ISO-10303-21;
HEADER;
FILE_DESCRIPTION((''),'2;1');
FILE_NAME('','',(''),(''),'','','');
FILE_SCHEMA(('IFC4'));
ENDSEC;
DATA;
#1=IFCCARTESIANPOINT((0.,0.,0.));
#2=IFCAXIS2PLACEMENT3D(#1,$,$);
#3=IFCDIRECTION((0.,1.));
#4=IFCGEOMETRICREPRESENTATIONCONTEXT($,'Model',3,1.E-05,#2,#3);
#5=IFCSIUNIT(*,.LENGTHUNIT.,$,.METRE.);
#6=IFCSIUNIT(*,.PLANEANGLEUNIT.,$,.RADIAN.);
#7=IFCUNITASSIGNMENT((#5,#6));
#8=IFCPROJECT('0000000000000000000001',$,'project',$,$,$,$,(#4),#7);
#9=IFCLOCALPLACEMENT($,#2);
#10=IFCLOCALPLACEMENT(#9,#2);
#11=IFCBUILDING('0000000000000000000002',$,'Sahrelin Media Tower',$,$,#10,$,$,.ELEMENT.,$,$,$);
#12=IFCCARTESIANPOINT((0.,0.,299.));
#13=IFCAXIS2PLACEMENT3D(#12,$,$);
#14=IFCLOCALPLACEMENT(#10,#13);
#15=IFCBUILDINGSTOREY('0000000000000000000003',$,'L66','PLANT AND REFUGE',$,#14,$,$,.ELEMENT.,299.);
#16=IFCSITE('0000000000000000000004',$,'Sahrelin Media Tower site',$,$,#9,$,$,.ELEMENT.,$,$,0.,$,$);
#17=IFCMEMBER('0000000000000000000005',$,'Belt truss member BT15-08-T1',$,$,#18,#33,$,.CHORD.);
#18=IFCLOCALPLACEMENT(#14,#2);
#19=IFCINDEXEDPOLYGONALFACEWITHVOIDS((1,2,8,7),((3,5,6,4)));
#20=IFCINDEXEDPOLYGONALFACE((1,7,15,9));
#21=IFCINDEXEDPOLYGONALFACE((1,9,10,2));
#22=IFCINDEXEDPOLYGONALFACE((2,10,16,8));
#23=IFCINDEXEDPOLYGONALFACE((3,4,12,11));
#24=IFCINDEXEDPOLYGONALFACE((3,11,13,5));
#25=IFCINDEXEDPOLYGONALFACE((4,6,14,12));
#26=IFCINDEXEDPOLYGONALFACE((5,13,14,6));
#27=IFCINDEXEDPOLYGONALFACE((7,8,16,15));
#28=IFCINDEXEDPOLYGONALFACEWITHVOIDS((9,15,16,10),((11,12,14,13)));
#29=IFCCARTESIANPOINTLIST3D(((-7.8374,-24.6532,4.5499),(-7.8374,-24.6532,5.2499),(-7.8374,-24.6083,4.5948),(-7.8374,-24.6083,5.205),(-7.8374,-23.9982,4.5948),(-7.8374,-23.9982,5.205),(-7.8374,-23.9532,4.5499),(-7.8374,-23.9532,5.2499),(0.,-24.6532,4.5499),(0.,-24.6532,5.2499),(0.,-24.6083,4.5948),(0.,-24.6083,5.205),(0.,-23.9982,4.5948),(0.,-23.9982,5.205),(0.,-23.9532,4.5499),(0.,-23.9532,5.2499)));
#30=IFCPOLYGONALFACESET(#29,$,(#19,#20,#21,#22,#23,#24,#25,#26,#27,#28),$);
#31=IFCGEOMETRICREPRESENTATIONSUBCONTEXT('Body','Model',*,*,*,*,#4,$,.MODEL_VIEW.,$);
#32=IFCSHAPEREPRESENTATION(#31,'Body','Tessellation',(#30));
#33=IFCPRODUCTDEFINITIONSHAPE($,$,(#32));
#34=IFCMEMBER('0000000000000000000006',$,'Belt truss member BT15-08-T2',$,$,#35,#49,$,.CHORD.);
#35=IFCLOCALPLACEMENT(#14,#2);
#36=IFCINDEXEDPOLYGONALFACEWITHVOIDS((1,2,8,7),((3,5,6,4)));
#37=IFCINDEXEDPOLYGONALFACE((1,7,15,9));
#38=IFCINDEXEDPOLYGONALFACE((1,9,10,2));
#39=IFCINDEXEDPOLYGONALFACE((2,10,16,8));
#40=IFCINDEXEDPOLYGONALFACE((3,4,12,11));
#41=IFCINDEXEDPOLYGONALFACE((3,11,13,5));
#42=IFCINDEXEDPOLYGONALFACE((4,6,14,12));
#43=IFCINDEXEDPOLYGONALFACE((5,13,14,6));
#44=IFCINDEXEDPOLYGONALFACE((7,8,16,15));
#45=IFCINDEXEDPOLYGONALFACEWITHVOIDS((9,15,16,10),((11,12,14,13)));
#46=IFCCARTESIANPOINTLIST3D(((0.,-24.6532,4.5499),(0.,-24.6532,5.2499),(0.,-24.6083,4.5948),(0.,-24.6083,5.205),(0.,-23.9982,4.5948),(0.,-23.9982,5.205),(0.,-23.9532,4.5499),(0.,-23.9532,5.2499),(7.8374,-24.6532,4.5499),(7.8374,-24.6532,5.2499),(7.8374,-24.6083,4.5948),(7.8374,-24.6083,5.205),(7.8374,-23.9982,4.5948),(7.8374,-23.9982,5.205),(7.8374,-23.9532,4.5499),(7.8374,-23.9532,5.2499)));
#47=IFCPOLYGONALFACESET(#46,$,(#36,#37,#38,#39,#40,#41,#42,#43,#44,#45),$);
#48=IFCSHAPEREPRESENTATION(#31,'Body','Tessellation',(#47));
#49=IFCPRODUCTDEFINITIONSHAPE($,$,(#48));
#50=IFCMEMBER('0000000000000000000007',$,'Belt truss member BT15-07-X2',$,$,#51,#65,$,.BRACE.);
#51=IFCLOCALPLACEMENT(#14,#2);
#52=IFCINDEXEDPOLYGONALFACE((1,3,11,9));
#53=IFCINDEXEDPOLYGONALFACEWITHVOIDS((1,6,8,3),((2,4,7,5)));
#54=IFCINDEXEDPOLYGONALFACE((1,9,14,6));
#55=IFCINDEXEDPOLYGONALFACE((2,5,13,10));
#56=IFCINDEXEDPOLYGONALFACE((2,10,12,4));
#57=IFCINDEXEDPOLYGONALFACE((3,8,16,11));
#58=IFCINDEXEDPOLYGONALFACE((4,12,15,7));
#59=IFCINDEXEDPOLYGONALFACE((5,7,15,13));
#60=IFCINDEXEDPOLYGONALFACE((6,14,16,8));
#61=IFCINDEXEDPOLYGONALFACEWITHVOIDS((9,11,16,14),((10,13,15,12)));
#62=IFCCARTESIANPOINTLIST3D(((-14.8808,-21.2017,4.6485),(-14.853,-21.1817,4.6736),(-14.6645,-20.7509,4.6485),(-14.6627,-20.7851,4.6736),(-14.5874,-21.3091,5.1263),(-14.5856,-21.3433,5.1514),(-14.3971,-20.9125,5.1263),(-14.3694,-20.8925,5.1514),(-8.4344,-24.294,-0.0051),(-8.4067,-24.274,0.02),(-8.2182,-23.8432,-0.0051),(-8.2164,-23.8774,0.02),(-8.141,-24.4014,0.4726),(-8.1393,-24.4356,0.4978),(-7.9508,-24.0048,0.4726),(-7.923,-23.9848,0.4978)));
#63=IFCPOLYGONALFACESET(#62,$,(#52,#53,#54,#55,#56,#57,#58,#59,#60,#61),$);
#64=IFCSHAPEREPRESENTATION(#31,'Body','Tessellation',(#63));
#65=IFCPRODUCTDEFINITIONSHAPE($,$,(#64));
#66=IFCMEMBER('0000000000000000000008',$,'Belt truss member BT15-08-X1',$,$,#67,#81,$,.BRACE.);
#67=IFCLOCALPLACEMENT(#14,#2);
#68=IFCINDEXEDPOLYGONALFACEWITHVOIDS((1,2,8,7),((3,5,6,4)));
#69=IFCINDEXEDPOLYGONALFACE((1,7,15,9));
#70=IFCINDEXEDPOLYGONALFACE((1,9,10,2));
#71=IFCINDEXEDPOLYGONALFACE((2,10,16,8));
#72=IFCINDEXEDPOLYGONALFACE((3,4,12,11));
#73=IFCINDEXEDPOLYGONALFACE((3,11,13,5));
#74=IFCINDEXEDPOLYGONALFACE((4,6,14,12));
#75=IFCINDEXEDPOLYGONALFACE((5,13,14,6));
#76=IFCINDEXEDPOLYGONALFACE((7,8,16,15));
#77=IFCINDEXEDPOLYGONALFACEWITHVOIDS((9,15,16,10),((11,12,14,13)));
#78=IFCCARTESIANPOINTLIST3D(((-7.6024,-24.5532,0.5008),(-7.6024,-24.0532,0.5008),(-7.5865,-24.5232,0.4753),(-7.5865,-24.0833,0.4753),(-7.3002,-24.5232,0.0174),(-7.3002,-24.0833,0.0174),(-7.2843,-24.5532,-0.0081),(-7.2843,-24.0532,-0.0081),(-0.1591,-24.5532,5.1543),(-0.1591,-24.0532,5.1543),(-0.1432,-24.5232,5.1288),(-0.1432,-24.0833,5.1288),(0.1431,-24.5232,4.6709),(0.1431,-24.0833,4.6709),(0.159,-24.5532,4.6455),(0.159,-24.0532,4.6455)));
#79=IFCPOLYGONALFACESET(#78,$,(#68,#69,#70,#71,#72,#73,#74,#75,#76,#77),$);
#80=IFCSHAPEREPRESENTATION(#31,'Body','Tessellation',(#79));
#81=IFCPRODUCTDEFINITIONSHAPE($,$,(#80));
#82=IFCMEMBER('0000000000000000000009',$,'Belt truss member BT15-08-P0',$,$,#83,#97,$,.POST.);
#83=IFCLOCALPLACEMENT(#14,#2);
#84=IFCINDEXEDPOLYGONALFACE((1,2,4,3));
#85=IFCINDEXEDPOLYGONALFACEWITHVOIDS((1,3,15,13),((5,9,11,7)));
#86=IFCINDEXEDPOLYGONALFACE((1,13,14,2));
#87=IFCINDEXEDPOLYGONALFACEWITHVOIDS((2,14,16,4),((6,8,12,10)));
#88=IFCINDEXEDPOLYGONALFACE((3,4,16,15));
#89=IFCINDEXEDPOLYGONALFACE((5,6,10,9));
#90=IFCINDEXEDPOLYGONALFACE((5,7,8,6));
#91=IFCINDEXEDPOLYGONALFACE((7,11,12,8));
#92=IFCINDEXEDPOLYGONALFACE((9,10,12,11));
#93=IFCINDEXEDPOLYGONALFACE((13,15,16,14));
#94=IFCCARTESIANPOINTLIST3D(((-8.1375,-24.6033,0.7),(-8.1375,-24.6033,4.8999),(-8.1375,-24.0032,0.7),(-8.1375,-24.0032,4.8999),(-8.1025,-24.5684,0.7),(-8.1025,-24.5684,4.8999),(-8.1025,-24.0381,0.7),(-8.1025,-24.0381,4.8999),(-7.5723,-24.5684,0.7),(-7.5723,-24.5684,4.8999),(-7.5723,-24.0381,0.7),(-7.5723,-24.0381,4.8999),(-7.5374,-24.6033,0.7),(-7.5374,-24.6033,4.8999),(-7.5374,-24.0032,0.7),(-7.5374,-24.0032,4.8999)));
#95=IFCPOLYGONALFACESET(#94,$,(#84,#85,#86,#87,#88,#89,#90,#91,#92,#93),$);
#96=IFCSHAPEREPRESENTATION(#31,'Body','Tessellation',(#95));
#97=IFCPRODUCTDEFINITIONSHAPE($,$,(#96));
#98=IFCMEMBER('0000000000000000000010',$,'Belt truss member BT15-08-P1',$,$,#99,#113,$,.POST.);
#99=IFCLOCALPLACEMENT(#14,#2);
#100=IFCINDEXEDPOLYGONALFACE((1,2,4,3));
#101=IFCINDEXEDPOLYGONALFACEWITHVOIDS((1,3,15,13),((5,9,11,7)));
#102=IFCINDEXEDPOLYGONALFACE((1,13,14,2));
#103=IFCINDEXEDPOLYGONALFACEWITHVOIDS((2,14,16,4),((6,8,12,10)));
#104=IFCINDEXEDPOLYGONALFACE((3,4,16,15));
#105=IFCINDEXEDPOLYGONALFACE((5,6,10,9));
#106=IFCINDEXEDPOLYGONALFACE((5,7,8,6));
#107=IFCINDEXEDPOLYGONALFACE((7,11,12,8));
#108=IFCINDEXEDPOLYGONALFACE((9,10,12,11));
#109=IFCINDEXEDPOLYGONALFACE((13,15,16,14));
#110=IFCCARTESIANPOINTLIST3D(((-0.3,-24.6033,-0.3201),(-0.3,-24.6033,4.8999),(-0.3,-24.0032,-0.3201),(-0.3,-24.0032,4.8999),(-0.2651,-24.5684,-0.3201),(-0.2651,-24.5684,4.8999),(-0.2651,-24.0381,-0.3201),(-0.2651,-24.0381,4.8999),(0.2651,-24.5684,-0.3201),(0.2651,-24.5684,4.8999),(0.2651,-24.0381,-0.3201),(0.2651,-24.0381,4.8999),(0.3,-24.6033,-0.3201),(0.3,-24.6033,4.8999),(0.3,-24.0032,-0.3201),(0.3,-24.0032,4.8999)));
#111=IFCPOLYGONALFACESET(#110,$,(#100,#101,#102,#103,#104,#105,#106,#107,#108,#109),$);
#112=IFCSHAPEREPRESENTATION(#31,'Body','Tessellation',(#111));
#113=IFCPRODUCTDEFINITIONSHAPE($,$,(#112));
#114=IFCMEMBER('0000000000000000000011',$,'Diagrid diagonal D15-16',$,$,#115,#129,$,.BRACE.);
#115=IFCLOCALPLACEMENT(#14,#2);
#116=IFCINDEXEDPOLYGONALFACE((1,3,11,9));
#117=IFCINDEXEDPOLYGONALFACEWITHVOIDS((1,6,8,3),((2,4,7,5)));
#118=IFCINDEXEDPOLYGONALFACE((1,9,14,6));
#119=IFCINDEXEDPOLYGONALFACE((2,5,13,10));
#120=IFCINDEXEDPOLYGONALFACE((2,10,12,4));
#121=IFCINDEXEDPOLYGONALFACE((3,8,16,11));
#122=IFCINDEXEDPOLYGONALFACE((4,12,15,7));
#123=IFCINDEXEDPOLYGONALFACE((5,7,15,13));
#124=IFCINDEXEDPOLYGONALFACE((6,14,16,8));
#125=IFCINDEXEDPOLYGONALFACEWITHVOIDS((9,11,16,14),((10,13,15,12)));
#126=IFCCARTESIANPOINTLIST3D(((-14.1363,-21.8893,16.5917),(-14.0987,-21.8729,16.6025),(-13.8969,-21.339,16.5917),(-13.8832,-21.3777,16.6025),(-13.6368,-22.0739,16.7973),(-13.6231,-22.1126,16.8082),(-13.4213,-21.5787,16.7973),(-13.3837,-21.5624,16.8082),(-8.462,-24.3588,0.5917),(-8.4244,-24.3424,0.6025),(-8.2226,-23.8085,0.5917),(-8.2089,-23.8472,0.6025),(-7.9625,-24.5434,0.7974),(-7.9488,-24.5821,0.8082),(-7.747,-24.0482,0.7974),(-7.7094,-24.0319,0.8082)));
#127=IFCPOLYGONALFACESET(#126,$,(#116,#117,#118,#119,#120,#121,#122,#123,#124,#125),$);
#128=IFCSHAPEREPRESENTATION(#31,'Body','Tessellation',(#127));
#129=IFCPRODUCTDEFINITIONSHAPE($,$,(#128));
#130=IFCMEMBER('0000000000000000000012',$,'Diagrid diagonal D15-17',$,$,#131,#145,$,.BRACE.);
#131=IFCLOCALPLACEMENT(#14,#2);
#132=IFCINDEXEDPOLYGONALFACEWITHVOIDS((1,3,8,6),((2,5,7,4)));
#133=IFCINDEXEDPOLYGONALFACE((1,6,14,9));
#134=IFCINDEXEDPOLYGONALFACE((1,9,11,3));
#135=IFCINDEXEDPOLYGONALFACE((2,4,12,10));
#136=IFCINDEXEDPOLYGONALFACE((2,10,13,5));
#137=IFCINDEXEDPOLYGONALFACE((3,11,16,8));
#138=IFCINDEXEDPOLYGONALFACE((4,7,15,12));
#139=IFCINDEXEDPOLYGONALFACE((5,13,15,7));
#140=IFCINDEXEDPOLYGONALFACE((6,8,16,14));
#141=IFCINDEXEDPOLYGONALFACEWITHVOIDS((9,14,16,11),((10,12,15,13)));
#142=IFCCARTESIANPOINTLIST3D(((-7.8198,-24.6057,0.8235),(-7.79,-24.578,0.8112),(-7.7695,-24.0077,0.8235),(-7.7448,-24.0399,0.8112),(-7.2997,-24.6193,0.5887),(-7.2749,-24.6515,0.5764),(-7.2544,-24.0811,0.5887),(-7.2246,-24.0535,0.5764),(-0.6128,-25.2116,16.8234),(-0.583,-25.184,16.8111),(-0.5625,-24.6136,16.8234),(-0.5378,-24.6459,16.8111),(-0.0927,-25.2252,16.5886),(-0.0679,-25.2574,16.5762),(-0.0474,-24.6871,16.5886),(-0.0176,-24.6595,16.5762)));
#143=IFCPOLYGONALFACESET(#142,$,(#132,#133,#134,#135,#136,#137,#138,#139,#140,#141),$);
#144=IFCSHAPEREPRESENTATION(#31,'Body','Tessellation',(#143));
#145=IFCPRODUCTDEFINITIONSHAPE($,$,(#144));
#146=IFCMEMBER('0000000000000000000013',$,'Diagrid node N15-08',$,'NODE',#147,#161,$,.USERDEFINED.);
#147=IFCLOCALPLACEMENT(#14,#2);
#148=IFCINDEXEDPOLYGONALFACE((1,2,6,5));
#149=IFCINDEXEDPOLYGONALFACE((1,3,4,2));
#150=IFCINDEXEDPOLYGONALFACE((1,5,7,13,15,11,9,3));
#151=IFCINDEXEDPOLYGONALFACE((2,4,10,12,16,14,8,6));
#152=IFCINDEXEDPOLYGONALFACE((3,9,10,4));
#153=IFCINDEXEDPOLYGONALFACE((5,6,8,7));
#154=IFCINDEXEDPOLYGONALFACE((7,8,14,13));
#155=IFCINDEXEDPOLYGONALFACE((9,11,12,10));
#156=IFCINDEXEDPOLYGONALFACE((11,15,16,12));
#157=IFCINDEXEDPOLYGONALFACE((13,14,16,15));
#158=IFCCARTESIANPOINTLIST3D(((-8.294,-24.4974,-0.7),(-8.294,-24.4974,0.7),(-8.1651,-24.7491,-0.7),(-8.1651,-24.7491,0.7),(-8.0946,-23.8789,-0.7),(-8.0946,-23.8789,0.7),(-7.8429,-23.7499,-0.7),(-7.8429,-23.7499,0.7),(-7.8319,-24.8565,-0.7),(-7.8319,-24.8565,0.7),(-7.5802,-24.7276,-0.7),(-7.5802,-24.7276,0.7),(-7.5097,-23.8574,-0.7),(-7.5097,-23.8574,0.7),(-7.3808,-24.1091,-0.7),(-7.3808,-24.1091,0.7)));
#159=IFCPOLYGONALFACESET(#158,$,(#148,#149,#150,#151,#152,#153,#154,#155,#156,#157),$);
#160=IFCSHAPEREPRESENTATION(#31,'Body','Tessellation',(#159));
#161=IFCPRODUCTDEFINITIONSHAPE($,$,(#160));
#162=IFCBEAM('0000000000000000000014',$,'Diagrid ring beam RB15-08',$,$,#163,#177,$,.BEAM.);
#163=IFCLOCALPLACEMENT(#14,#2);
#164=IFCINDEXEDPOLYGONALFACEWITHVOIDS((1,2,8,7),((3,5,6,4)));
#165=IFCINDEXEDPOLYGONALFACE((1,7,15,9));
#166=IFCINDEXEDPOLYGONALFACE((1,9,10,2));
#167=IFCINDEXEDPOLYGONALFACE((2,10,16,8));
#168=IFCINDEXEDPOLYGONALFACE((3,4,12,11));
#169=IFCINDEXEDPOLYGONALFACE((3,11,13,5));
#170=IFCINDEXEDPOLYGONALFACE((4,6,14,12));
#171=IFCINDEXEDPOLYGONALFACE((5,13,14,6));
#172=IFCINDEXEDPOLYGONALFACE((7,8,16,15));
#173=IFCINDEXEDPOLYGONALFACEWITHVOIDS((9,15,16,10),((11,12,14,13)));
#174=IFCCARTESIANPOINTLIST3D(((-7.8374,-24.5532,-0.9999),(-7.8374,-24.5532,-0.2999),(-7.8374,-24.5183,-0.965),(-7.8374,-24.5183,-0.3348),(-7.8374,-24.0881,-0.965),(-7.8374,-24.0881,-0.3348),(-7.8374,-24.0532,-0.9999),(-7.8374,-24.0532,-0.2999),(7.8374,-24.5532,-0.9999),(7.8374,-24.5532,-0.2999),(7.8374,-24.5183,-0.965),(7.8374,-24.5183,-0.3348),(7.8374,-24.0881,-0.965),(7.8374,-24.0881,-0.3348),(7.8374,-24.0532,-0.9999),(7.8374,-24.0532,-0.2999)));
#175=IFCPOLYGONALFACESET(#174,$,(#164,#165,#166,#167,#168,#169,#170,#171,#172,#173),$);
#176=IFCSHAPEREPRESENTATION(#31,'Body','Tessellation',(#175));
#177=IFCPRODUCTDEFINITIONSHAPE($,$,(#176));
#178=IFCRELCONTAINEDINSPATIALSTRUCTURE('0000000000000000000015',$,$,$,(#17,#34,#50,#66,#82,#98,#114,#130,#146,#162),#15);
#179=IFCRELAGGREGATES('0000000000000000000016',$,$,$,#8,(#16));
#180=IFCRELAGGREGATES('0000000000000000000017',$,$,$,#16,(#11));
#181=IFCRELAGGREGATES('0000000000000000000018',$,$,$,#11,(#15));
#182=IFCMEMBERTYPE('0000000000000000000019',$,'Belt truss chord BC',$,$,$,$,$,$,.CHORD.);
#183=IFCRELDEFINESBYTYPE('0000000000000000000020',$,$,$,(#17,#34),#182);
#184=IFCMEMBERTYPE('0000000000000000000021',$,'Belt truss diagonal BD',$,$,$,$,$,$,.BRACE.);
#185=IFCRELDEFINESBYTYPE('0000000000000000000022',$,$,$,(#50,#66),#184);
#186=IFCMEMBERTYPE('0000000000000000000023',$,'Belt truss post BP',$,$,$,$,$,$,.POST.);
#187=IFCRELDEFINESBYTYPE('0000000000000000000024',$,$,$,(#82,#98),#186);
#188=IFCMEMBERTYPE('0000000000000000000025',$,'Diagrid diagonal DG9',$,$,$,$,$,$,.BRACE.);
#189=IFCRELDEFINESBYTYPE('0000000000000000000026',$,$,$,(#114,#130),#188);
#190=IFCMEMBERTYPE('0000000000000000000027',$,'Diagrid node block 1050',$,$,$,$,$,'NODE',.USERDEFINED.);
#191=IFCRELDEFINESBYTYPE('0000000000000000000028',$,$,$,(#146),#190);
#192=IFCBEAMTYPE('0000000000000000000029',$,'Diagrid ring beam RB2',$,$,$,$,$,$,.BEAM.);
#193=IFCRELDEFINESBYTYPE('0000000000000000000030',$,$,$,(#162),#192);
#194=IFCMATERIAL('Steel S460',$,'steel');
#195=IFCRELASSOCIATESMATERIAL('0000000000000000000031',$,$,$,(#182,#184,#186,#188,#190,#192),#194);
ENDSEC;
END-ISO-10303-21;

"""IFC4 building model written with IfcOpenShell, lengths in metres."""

from ifc_helpers import new_model, si_unit, direction, frame, origin, origin_2d, place, context, subcontext, project, spatial, polyline, hollow_rectangle, outline, extrude, material, material_profile, profile_set, type_object, element, save


model = new_model("IFC4")

# Units and contexts
model_context = context("Model", 3, precision=1e-05, world=origin(), true_north=direction((0.0, 1.0)))
body_context = subcontext(model_context, "Body", "Model", "MODEL_VIEW")
ifc_project = project(units=[si_unit("LENGTHUNIT", "METRE"), si_unit("PLANEANGLEUNIT", "RADIAN")], contexts=[model_context])

# Site, building, storey
site_placement = place(None, origin())
site = spatial("IfcSite", under=ifc_project, at=site_placement, Name="Sahrelin Media Tower site", CompositionType="ELEMENT", RefElevation=0.0)
building_placement = place(site_placement, origin())
building = spatial("IfcBuilding", under=site, at=building_placement, Name="Sahrelin Media Tower", CompositionType="ELEMENT")
storey_placement = place(building_placement, frame((0.0, 0.0, 299.0)))
storey = spatial("IfcBuildingStorey", under=building, at=storey_placement, Name="L66", Description="PLANT AND REFUGE", CompositionType="ELEMENT", Elevation=299.0)

# Members
ifc_material_1 = material(Name="Steel S460", Category="steel")
ifc_material_profile_1 = material_profile(ifc_material_1, hollow_rectangle(XDim=0.7, YDim=0.7, WallThickness=0.0449, at=origin_2d()), Name="Belt truss chord BC")
ifc_profile_set_1 = profile_set([ifc_material_profile_1], Name="Steel S460")
member_type_1 = type_object("IfcMemberType", Name="Belt truss chord BC", PredefinedType="CHORD", material=ifc_profile_set_1)
for number, where, z_axis, x_axis, name in (
    (1, (-7.8374, -24.3032, 4.8999), (1.0, 0.0, 0.0), (0.0, 1.0, 0.0), "Belt truss member BT15-08-T1"),
    (2, (0.0, -24.3032, 4.8999), (1.0, 0.0, 0.0), (0.0, 1.0, 0.0), "Belt truss member BT15-08-T2"),
):
    element("IfcMember", number, at=place(storey_placement, frame(where, z_axis=z_axis, x_axis=x_axis)), inside=storey, type_object=member_type_1, Name=name, PredefinedType="CHORD", context=body_context, shape_type="SweptSolid", body=[
        extrude(hollow_rectangle(XDim=0.7, YDim=0.7, WallThickness=0.0449, at=origin_2d()), origin(), (0.0, 0.0, 1.0), 7.8374),
    ])
ifc_material_profile_2 = material_profile(ifc_material_1, hollow_rectangle(XDim=0.5, YDim=0.6001, WallThickness=0.03, at=origin_2d()), Name="Belt truss diagonal BD")
ifc_profile_set_2 = profile_set([ifc_material_profile_2], Name="Steel S460")
member_type_2 = type_object("IfcMemberType", Name="Belt truss diagonal BD", PredefinedType="BRACE", material=ifc_profile_set_2)
member_1_placement = place(storey_placement, frame((-8.1787, -24.1394, 0.2463), z_axis=(-0.755659, 0.36249, 0.545509), x_axis=(-0.432511, -0.901629, 0.0)))
element("IfcMember", 3, at=member_1_placement, inside=storey, type_object=member_type_2, Name="Belt truss member BT15-07-X2", PredefinedType="BRACE", context=body_context, shape_type="SweptSolid", body=[
    extrude(hollow_rectangle(XDim=0.5, YDim=0.6001, WallThickness=0.03, at=origin_2d()), origin(), (0.0, 0.0, 1.0), 8.5308),
])
member_2_placement = place(storey_placement, frame((-7.4434, -24.3032, 0.2463), z_axis=(0.847923, 0.0, 0.530119), x_axis=(0.0, 1.0, 0.0)))
element("IfcMember", 4, at=member_2_placement, inside=storey, type_object=member_type_2, Name="Belt truss member BT15-08-X1", PredefinedType="BRACE", context=body_context, shape_type="SweptSolid", body=[
    extrude(hollow_rectangle(XDim=0.5, YDim=0.6001, WallThickness=0.03, at=origin_2d()), origin(), (0.0, 0.0, 1.0), 8.7783),
])
ifc_material_profile_3 = material_profile(ifc_material_1, hollow_rectangle(XDim=0.6001, YDim=0.6001, WallThickness=0.0349, at=origin_2d()), Name="Belt truss post BP")
ifc_profile_set_3 = profile_set([ifc_material_profile_3], Name="Steel S460")
member_type_3 = type_object("IfcMemberType", Name="Belt truss post BP", PredefinedType="POST", material=ifc_profile_set_3)
member_3_placement = place(storey_placement, frame((-7.8374, -24.3032, 0.7), z_axis=(0.0, 0.0, 1.0), x_axis=(1.0, 0.0, 0.0)))
element("IfcMember", 5, at=member_3_placement, inside=storey, type_object=member_type_3, Name="Belt truss member BT15-08-P0", PredefinedType="POST", context=body_context, shape_type="SweptSolid", body=[
    extrude(hollow_rectangle(XDim=0.6001, YDim=0.6001, WallThickness=0.0349, at=origin_2d()), origin(), (0.0, 0.0, 1.0), 4.2),
])
member_4_placement = place(storey_placement, frame((0.0, -24.3032, -0.3201), z_axis=(0.0, 0.0, 1.0), x_axis=(1.0, 0.0, 0.0)))
element("IfcMember", 6, at=member_4_placement, inside=storey, type_object=member_type_3, Name="Belt truss member BT15-08-P1", PredefinedType="POST", context=body_context, shape_type="SweptSolid", body=[
    extrude(hollow_rectangle(XDim=0.6001, YDim=0.6001, WallThickness=0.0349, at=origin_2d()), origin(), (0.0, 0.0, 1.0), 5.22),
])
ifc_material_profile_4 = material_profile(ifc_material_1, hollow_rectangle(XDim=0.6001, YDim=0.6001, WallThickness=0.03, at=origin_2d()), Name="Diagrid diagonal DG9")
ifc_profile_set_4 = profile_set([ifc_material_profile_4], Name="Steel S460")
member_type_4 = type_object("IfcMemberType", Name="Diagrid diagonal DG9", PredefinedType="BRACE", material=ifc_profile_set_4)
member_5_placement = place(storey_placement, frame((-8.0857, -24.1953, 0.7), z_axis=(-0.330766, 0.143951, 0.932669), x_axis=(-0.399051, -0.916929, 0.0)))
element("IfcMember", 7, at=member_5_placement, inside=storey, type_object=member_type_4, Name="Diagrid diagonal D15-16", PredefinedType="BRACE", context=body_context, shape_type="SweptSolid", body=[
    extrude(hollow_rectangle(XDim=0.6001, YDim=0.6001, WallThickness=0.03, at=origin_2d()), origin(), (0.0, 0.0, 1.0), 17.155),
])
member_6_placement = place(storey_placement, frame((-7.5222, -24.3296, 0.7), z_axis=(0.410453, -0.03451, 0.911228), x_axis=(0.083783, 0.996484, 0.0)))
element("IfcMember", 8, at=member_6_placement, inside=storey, type_object=member_type_4, Name="Diagrid diagonal D15-17", PredefinedType="BRACE", context=body_context, shape_type="SweptSolid", body=[
    extrude(hollow_rectangle(XDim=0.6001, YDim=0.6001, WallThickness=0.03, at=origin_2d()), origin(), (0.0, 0.0, 1.0), 17.5586),
])
ifc_material_profile_5 = material_profile(ifc_material_1, outline(polyline([(0.325, -0.375), (0.5249, -0.175), (0.5249, 0.175), (0.325, 0.375), (-0.325, 0.375), (-0.5249, 0.175), (-0.5249, -0.175), (-0.325, -0.375), (0.325, -0.375)])), Name="Diagrid node block 1050")
ifc_profile_set_5 = profile_set([ifc_material_profile_5], Name="Steel S460")
member_type_5 = type_object("IfcMemberType", Name="Diagrid node block 1050", ElementType="NODE", PredefinedType="USERDEFINED", material=ifc_profile_set_5)
member_7_placement = place(storey_placement, frame((-7.8374, -24.3032, -0.7), z_axis=(0.0, 0.0, 1.0), x_axis=(-0.30692, -0.951735, 0.0)))
element("IfcMember", 9, at=member_7_placement, inside=storey, type_object=member_type_5, Name="Diagrid node N15-08", ObjectType="NODE", PredefinedType="USERDEFINED", context=body_context, shape_type="SweptSolid", body=[
    extrude(outline(polyline([(0.325, -0.375), (0.5249, -0.175), (0.5249, 0.175), (0.325, 0.375), (-0.325, 0.375), (-0.5249, 0.175), (-0.5249, -0.175), (-0.325, -0.375), (0.325, -0.375)])), origin(), (0.0, 0.0, 1.0), 1.3999),
])

# Beam
ifc_material_profile_6 = material_profile(ifc_material_1, hollow_rectangle(XDim=0.5, YDim=0.7, WallThickness=0.0349, at=origin_2d()), Name="Diagrid ring beam RB2")
ifc_profile_set_6 = profile_set([ifc_material_profile_6], Name="Steel S460")
beam_type_1 = type_object("IfcBeamType", Name="Diagrid ring beam RB2", PredefinedType="BEAM", material=ifc_profile_set_6)
beam_1_placement = place(storey_placement, frame((-7.8374, -24.3032, -0.6499), z_axis=(1.0, 0.0, 0.0), x_axis=(0.0, 1.0, 0.0)))
element("IfcBeam", 10, at=beam_1_placement, inside=storey, type_object=beam_type_1, Name="Diagrid ring beam RB15-08", PredefinedType="BEAM", context=body_context, shape_type="SweptSolid", body=[
    extrude(hollow_rectangle(XDim=0.5, YDim=0.7, WallThickness=0.0349, at=origin_2d()), origin(), (0.0, 0.0, 1.0), 15.6748),
])

save(model, "model.ifc")
